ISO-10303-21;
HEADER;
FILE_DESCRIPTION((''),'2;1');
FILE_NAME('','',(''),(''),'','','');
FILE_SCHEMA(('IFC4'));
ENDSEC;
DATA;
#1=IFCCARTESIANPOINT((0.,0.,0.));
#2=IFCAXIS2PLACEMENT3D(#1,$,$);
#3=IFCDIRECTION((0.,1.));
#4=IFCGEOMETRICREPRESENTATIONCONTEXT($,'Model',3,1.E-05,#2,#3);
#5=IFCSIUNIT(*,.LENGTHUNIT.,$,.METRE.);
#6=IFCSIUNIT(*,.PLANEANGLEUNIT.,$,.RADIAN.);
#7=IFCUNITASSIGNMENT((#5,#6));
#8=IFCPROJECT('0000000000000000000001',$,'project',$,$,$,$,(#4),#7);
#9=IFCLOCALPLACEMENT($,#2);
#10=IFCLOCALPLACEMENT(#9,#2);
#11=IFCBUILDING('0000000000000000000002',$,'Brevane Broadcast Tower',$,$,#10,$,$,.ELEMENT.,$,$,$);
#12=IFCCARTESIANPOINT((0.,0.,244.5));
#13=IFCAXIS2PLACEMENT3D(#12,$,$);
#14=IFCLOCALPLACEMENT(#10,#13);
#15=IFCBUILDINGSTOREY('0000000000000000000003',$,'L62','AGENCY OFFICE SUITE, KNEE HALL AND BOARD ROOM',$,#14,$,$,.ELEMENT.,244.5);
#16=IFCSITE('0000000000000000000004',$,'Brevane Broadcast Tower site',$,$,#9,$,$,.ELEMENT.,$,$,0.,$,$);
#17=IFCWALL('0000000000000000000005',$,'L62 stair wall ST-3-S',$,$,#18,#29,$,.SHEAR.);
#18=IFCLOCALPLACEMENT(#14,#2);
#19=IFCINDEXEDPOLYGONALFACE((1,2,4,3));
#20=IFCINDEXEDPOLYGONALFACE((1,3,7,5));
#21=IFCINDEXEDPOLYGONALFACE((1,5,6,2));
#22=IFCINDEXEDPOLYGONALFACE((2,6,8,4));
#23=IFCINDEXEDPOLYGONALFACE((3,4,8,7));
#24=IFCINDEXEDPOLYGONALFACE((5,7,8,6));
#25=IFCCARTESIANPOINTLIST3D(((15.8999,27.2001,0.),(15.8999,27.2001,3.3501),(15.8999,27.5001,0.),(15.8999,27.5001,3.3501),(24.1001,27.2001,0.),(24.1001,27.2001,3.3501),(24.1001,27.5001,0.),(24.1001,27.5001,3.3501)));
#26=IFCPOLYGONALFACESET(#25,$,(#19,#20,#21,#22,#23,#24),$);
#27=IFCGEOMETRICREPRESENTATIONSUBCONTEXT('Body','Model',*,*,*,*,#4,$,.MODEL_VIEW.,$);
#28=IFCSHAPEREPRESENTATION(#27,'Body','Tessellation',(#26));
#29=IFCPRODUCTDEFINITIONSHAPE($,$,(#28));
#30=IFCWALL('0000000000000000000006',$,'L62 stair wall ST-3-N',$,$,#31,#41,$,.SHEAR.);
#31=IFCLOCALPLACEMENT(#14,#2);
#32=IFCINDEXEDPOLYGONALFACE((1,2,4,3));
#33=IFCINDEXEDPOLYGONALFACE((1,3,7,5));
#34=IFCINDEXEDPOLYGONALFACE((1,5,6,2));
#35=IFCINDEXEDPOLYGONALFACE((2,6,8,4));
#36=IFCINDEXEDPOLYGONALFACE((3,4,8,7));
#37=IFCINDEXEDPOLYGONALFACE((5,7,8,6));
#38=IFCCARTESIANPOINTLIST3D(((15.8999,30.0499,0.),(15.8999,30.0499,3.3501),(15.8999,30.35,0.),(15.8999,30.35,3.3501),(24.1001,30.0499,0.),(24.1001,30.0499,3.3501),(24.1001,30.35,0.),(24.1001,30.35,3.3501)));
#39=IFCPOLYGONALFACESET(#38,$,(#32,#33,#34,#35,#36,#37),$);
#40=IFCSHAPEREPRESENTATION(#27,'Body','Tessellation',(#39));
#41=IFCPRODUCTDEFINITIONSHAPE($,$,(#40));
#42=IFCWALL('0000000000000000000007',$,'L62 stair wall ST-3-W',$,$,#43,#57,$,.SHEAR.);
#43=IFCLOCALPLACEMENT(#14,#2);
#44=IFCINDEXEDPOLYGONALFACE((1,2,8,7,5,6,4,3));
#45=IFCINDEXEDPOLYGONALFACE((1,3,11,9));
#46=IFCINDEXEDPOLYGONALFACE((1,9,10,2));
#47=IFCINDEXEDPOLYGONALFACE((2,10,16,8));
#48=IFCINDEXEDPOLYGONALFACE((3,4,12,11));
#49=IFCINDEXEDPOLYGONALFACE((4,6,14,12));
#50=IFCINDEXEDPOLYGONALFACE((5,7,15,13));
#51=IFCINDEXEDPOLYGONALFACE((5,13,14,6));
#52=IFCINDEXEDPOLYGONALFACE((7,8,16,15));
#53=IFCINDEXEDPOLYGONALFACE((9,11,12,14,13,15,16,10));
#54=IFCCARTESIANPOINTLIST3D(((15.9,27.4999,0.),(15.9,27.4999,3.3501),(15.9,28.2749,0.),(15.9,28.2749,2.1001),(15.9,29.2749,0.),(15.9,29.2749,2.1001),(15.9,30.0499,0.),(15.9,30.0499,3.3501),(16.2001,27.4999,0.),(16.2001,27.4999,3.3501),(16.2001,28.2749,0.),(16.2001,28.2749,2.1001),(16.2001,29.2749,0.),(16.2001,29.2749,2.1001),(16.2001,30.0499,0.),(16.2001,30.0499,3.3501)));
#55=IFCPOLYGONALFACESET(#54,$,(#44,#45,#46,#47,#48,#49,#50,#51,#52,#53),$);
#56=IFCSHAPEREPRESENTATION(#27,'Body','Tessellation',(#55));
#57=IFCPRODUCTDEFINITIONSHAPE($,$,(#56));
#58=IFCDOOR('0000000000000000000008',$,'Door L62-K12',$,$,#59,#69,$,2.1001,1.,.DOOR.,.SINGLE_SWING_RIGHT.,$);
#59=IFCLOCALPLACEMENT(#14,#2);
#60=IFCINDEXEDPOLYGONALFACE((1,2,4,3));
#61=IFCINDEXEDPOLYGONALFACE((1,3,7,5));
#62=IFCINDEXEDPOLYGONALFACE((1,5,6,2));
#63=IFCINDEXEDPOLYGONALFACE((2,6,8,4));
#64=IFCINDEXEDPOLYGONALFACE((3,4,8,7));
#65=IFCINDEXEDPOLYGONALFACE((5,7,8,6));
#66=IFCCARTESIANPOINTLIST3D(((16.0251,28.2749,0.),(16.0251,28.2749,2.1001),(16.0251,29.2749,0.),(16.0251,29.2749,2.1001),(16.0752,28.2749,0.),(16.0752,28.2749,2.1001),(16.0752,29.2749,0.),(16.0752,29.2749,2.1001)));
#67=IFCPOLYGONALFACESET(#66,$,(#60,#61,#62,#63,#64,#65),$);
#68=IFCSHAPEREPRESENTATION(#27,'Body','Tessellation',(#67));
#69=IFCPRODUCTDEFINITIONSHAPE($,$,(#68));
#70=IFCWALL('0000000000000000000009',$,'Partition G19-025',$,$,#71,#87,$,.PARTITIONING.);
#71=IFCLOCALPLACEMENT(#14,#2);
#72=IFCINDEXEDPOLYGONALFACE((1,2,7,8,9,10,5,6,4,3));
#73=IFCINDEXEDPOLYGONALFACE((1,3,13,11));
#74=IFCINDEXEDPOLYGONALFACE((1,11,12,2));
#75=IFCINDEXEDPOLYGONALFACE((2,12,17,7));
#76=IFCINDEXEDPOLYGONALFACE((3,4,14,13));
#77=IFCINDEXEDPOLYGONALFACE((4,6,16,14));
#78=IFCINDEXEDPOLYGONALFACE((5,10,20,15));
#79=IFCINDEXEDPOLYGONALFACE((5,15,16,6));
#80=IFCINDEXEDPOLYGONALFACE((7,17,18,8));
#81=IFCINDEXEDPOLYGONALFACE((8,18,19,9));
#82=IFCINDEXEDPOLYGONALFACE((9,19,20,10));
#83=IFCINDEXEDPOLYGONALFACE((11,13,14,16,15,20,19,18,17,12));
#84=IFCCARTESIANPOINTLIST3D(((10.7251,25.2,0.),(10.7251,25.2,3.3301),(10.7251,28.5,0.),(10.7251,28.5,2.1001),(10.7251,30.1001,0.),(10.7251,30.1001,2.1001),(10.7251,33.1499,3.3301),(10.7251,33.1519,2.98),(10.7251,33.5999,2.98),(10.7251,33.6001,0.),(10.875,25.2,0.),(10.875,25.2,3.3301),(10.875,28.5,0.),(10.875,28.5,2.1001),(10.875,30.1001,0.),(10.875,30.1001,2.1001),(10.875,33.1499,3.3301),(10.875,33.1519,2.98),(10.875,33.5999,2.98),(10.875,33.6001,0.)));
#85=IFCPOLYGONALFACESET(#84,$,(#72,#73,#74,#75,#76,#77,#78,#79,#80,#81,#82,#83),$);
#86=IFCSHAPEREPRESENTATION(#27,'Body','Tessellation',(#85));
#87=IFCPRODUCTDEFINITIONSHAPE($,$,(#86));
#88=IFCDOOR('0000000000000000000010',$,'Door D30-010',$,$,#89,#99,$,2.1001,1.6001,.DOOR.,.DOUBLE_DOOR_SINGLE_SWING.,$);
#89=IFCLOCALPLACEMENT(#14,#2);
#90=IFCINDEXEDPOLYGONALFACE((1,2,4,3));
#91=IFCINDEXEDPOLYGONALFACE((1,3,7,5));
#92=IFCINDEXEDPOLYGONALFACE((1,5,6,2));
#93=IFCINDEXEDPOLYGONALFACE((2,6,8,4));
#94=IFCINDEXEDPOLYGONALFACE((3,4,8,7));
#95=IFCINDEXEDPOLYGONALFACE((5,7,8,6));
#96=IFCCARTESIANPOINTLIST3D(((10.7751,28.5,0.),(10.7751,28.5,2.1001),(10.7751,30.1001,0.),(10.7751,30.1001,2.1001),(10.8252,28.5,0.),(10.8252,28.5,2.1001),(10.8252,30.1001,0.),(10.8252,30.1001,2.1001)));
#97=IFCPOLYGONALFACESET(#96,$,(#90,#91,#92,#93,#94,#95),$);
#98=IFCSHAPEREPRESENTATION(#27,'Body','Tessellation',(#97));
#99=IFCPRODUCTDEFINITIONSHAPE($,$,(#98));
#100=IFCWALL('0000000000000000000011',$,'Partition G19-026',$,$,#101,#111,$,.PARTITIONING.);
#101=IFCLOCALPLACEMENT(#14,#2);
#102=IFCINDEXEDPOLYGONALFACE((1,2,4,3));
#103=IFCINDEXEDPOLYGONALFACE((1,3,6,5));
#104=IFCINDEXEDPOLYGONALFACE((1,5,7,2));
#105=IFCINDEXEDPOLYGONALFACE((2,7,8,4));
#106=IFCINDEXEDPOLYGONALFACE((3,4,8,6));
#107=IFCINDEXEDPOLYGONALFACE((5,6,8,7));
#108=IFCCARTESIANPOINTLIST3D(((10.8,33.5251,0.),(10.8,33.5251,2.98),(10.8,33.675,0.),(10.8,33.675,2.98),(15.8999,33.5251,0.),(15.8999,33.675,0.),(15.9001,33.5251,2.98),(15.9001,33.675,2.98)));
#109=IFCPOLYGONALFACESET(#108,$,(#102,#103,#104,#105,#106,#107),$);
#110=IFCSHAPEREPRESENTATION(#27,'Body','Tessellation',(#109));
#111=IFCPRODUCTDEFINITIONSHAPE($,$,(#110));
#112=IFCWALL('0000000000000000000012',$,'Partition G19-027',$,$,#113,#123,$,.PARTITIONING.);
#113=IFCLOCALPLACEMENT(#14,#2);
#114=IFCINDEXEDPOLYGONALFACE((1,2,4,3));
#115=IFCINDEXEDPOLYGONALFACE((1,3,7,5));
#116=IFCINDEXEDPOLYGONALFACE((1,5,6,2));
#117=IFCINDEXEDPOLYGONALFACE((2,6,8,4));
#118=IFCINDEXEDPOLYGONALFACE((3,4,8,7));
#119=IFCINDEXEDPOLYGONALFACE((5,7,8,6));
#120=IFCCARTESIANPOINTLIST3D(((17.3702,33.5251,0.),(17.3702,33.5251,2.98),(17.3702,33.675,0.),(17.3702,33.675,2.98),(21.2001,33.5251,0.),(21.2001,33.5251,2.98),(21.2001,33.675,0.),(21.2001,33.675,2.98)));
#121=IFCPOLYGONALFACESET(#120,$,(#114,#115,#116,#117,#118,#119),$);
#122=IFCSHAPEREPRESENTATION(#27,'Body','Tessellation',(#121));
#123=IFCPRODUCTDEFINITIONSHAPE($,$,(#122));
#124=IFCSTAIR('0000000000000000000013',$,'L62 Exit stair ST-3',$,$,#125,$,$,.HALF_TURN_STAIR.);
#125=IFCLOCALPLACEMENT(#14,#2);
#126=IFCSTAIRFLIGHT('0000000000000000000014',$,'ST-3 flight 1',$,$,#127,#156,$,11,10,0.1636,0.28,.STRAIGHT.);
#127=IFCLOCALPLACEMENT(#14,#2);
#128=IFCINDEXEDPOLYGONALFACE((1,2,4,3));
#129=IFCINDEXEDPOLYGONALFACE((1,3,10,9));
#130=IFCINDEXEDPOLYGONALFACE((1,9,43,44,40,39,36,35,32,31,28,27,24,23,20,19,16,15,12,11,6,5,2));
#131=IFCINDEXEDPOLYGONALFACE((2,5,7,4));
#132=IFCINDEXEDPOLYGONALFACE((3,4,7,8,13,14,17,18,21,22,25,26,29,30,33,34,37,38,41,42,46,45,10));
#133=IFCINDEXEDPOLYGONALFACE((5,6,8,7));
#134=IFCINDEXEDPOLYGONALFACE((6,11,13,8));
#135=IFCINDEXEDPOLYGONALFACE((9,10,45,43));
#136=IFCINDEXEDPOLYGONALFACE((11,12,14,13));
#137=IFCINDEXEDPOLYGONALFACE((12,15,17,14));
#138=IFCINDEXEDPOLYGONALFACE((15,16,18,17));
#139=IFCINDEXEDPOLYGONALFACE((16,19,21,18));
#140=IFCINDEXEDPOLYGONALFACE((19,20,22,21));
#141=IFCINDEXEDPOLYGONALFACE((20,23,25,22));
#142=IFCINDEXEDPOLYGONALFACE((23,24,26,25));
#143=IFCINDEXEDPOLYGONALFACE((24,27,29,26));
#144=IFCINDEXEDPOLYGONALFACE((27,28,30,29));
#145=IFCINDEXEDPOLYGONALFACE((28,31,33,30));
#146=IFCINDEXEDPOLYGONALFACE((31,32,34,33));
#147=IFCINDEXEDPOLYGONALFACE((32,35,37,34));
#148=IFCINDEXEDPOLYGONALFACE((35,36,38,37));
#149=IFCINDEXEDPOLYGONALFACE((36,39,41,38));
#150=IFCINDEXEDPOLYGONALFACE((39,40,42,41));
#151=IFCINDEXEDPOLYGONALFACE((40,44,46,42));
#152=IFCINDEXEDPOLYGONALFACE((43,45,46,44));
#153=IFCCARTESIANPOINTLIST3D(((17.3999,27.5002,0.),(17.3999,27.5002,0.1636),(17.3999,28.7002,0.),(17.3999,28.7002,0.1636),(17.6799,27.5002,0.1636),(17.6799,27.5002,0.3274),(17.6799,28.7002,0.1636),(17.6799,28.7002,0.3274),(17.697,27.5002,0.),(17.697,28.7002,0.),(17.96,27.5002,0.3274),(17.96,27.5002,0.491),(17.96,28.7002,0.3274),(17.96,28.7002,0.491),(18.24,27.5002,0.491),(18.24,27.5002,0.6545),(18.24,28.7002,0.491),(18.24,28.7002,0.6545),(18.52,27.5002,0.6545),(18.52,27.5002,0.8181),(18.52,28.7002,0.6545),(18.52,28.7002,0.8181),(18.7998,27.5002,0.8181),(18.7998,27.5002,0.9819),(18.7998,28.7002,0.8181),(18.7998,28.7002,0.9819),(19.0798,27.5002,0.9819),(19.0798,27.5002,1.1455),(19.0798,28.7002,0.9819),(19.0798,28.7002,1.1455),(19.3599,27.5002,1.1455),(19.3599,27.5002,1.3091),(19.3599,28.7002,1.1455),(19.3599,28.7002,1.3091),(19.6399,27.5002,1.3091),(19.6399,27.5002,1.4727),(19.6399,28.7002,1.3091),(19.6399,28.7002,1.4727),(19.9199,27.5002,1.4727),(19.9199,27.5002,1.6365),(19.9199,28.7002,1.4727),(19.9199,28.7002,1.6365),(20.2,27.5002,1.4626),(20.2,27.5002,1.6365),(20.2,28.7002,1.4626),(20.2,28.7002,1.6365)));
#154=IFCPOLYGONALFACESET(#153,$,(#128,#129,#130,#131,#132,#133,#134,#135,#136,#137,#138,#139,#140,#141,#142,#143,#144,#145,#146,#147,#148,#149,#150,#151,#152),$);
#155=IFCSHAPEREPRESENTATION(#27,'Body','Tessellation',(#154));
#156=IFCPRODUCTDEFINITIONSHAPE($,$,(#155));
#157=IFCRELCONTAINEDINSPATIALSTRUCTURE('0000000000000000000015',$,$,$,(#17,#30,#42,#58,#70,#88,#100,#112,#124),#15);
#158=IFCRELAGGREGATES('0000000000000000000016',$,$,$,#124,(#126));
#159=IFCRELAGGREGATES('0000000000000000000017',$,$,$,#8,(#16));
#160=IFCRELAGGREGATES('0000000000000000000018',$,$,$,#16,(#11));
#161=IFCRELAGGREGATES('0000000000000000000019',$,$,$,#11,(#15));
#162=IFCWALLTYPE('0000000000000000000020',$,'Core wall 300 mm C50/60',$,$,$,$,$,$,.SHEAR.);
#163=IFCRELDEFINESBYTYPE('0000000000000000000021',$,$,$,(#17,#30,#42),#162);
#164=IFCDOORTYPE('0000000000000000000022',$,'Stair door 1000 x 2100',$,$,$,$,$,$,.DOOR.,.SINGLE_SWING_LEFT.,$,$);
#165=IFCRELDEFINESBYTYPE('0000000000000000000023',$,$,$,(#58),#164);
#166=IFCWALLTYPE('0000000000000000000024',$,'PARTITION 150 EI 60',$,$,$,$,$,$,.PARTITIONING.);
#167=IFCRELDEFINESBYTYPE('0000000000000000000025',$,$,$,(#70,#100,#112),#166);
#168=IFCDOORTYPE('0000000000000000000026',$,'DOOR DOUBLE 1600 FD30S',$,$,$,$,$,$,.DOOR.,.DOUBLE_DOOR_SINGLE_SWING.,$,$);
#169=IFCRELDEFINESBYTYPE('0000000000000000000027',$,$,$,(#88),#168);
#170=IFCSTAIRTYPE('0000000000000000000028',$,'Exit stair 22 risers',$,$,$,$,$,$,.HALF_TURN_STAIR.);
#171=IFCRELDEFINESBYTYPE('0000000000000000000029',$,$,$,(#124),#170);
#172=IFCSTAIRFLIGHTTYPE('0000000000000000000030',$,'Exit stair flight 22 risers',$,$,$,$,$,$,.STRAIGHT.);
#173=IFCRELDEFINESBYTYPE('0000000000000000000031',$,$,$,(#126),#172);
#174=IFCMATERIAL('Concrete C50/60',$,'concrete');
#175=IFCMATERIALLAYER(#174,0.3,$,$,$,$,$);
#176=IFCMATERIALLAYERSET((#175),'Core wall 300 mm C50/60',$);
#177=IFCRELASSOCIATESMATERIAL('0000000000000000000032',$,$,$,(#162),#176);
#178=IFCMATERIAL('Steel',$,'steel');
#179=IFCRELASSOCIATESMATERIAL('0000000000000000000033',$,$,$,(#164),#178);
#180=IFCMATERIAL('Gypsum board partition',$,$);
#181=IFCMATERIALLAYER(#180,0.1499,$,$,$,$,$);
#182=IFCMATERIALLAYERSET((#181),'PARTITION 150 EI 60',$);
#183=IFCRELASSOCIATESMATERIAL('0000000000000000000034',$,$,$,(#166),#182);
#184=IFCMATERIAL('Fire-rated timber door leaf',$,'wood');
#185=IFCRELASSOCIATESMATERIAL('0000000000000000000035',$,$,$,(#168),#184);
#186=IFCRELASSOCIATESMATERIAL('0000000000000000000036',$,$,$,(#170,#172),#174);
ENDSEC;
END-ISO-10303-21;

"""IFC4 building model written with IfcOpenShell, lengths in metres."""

from ifc_helpers import new_model, si_unit, direction, frame, frame_2d, origin, place, context, subcontext, project, spatial, polyline, rectangle, outline, extrude, material, layer, layer_set, type_object, element, fill, aggregate, save


model = new_model("IFC4")

# Units and contexts
model_context = context("Model", 3, precision=1e-05, world=origin(), true_north=direction((0.0, 1.0)))
body_context = subcontext(model_context, "Body", "Model", "MODEL_VIEW")
ifc_project = project(units=[si_unit("LENGTHUNIT", "METRE"), si_unit("PLANEANGLEUNIT", "RADIAN")], contexts=[model_context])

# Site, building, storey
site_placement = place(None, origin())
site = spatial("IfcSite", under=ifc_project, at=site_placement, Name="Brevane Broadcast Tower site", CompositionType="ELEMENT", RefElevation=0.0)
building_placement = place(site_placement, origin())
building = spatial("IfcBuilding", under=site, at=building_placement, Name="Brevane Broadcast Tower", CompositionType="ELEMENT")
storey_placement = place(building_placement, frame((0.0, 0.0, 244.5)))
storey = spatial("IfcBuildingStorey", under=building, at=storey_placement, Name="L62", Description="AGENCY OFFICE SUITE, KNEE HALL AND BOARD ROOM", CompositionType="ELEMENT", Elevation=244.5)

# Shared definitions
ifc_material_1 = material(Name="Concrete C50/60", Category="concrete")

# Shared definitions
ifc_layer_1 = layer(ifc_material_1, 0.3)
ifc_layer_set_1 = layer_set([ifc_layer_1], Name="Core wall 300 mm C50/60")
wall_type_1 = type_object("IfcWallType", Name="Core wall 300 mm C50/60", PredefinedType="SHEAR", material=ifc_layer_set_1)
ifc_material_2 = material(Name="Steel", Category="steel")
door_type_1 = type_object("IfcDoorType", Name="Stair door 1000 x 2100", OperationType="SINGLE_SWING_LEFT", PredefinedType="DOOR", material=ifc_material_2)

# Walls
for number, where, z_axis, x_axis, name in (
    (1, (15.8999, 27.3501, 0.0), (0.0, 0.0, 1.0), (1.0, 0.0, 0.0), "L62 stair wall ST-3-S"),
    (2, (15.8999, 30.2, 0.0), (0.0, 0.0, 1.0), (1.0, 0.0, 0.0), "L62 stair wall ST-3-N"),
):
    element("IfcWall", number, at=place(storey_placement, frame(where, z_axis=z_axis, x_axis=x_axis)), inside=storey, type_object=wall_type_1, Name=name, PredefinedType="SHEAR", context=body_context, shape_type="SweptSolid", body=[
        extrude(rectangle(XDim=8.2002, YDim=0.3, at=frame_2d((4.1001, 0.0))), origin(), (0.0, 0.0, 1.0), 3.3501),
    ])

# Walls, openings, doors
wall_1_placement = place(storey_placement, frame((16.05, 27.5, 0.0), z_axis=(0.0, 0.0, 1.0), x_axis=(0.0, 1.0, 0.0)))
wall_1 = element("IfcWall", 3, at=wall_1_placement, inside=storey, type_object=wall_type_1, Name="L62 stair wall ST-3-W", PredefinedType="SHEAR", context=body_context, shape_type="SweptSolid", body=[
    extrude(rectangle(XDim=2.55, YDim=0.3, at=frame_2d((1.2749, 0.0))), origin(), (0.0, 0.0, 1.0), 3.3501),
])
opening_1_placement = place(wall_1_placement, frame((0.7749, 0.0, 0.0)))
opening_1 = element("IfcOpeningElement", 4, at=opening_1_placement, cuts=wall_1, PredefinedType="OPENING", context=body_context, shape_type="SweptSolid", body=[
    extrude(rectangle(XDim=1.0, YDim=2.1001, at=frame_2d((0.5, 1.05))), frame((0.0, 0.1599, 0.0), z_axis=(0.0, -1.0, 0.0), x_axis=(1.0, 0.0, 0.0)), (0.0, 0.0, 1.0), 0.3201),
])
door_1_placement = place(opening_1_placement, origin())
door_1 = element("IfcDoor", 5, at=door_1_placement, inside=storey, type_object=door_type_1, Name="Door L62-K12", OperationType="SINGLE_SWING_RIGHT", OverallHeight=2.1001, OverallWidth=1.0, PredefinedType="DOOR", context=body_context, shape_type="SweptSolid", body=[
    extrude(rectangle(XDim=1.0, YDim=2.1001, at=frame_2d((0.5, 1.05))), frame((0.0, 0.0249, 0.0), z_axis=(0.0, -1.0, 0.0), x_axis=(1.0, 0.0, 0.0)), (0.0, 0.0, 1.0), 0.05),
])
fill(opening_1, door_1)
ifc_material_3 = material(Name="Gypsum board partition")
ifc_layer_2 = layer(ifc_material_3, 0.1499)
ifc_layer_set_2 = layer_set([ifc_layer_2], Name="PARTITION 150 EI 60")
wall_type_2 = type_object("IfcWallType", Name="PARTITION 150 EI 60", PredefinedType="PARTITIONING", material=ifc_layer_set_2)
wall_2_placement = place(storey_placement, frame((10.8, 25.2, 0.0), z_axis=(0.0, 0.0, 1.0), x_axis=(0.0, 1.0, 0.0)))
wall_2 = element("IfcWall", 6, at=wall_2_placement, inside=storey, type_object=wall_type_2, Name="Partition G19-025", PredefinedType="PARTITIONING", context=body_context, shape_type="SweptSolid", body=[
    extrude(outline(polyline([(0.0, 0.0), (8.4001, 0.0), (8.3999, 2.98), (7.9519, 2.98), (7.95, 3.3301), (0.0, 3.3301), (0.0, 0.0)])), frame((0.0, 0.075, 0.0), z_axis=(0.0, -1.0, 0.0), x_axis=(1.0, 0.0, 0.0)), (0.0, 0.0, 1.0), 0.1499),
])
opening_2_placement = place(wall_2_placement, frame((3.3, 0.0, 0.0)))
opening_2 = element("IfcOpeningElement", 7, at=opening_2_placement, cuts=wall_2, PredefinedType="OPENING", context=body_context, shape_type="SweptSolid", body=[
    extrude(rectangle(XDim=1.6001, YDim=2.1001, at=frame_2d((0.8, 1.05))), frame((0.0, 0.085, 0.0), z_axis=(0.0, -1.0, 0.0), x_axis=(1.0, 0.0, 0.0)), (0.0, 0.0, 1.0), 0.1699),
])
ifc_material_4 = material(Name="Fire-rated timber door leaf", Category="wood")
door_type_2 = type_object("IfcDoorType", Name="DOOR DOUBLE 1600 FD30S", OperationType="DOUBLE_DOOR_SINGLE_SWING", PredefinedType="DOOR", material=ifc_material_4)
door_2_placement = place(opening_2_placement, origin())
door_2 = element("IfcDoor", 8, at=door_2_placement, inside=storey, type_object=door_type_2, Name="Door D30-010", OperationType="DOUBLE_DOOR_SINGLE_SWING", OverallHeight=2.1001, OverallWidth=1.6001, PredefinedType="DOOR", context=body_context, shape_type="SweptSolid", body=[
    extrude(rectangle(XDim=1.6001, YDim=2.1001, at=frame_2d((0.8, 1.05))), frame((0.0, 0.0249, 0.0), z_axis=(0.0, -1.0, 0.0), x_axis=(1.0, 0.0, 0.0)), (0.0, 0.0, 1.0), 0.05),
])
fill(opening_2, door_2)

# Walls
wall_3_placement = place(storey_placement, frame((10.8, 33.6001, 0.0), z_axis=(0.0, 0.0, 1.0), x_axis=(1.0, 0.0, 0.0)))
element("IfcWall", 9, at=wall_3_placement, inside=storey, type_object=wall_type_2, Name="Partition G19-026", PredefinedType="PARTITIONING", context=body_context, shape_type="SweptSolid", body=[
    extrude(outline(polyline([(0.0, 0.0), (5.0999, 0.0), (5.1001, 2.98), (0.0, 2.98), (0.0, 0.0)])), frame((0.0, 0.075, 0.0), z_axis=(0.0, -1.0, 0.0), x_axis=(1.0, 0.0, 0.0)), (0.0, 0.0, 1.0), 0.1499),
])
wall_4_placement = place(storey_placement, frame((17.3701, 33.6001, 0.0), z_axis=(0.0, 0.0, 1.0), x_axis=(1.0, 0.0, 0.0)))
element("IfcWall", 10, at=wall_4_placement, inside=storey, type_object=wall_type_2, Name="Partition G19-027", PredefinedType="PARTITIONING", context=body_context, shape_type="SweptSolid", body=[
    extrude(rectangle(XDim=3.8298, YDim=0.1499, at=frame_2d((1.915, 0.0))), origin(), (0.0, 0.0, 1.0), 2.98),
])

# Stair, stair flight
stair_type = type_object("IfcStairType", Name="Exit stair 22 risers", PredefinedType="HALF_TURN_STAIR", material=ifc_material_1)
stair_placement = place(storey_placement, origin())
stair = element("IfcStair", 11, at=stair_placement, inside=storey, type_object=stair_type, Name="L62 Exit stair ST-3", PredefinedType="HALF_TURN_STAIR")
stair_flight_type = type_object("IfcStairFlightType", Name="Exit stair flight 22 risers", PredefinedType="STRAIGHT", material=ifc_material_1)
stair_flight_placement = place(storey_placement, frame((17.3999, 28.1001, 0.0), z_axis=(0.0, 0.0, 1.0), x_axis=(1.0, 0.0, 0.0)))
stair_flight = element("IfcStairFlight", 12, at=stair_flight_placement, type_object=stair_flight_type, Name="ST-3 flight 1", NumberOfRisers=11, NumberOfTreads=10, PredefinedType="STRAIGHT", RiserHeight=0.1636, TreadLength=0.28, context=body_context, shape_type="SweptSolid", body=[
    extrude(outline(polyline([(0.0, 0.0), (0.0, 0.1636), (0.28, 0.1636), (0.28, 0.3274), (0.5601, 0.3274), (0.5601, 0.491), (0.8401, 0.491), (0.8401, 0.6545), (1.1201, 0.6545), (1.1201, 0.8181), (1.3999, 0.8181), (1.3999, 0.9819), (1.6799, 0.9819), (1.6799, 1.1455), (1.96, 1.1455), (1.96, 1.3091), (2.24, 1.3091), (2.24, 1.4727), (2.52, 1.4727), (2.52, 1.6365), (2.8, 1.6365), (2.8, 1.8), (2.8, 1.4626), (0.2971, 0.0), (0.0, 0.0)])), frame((0.0, 0.6001, 0.0), z_axis=(0.0, -1.0, 0.0), x_axis=(1.0, 0.0, 0.0)), (0.0, 0.0, 1.0), 1.2),
])
aggregate(stair, [stair_flight])

save(model, "model.ifc")
